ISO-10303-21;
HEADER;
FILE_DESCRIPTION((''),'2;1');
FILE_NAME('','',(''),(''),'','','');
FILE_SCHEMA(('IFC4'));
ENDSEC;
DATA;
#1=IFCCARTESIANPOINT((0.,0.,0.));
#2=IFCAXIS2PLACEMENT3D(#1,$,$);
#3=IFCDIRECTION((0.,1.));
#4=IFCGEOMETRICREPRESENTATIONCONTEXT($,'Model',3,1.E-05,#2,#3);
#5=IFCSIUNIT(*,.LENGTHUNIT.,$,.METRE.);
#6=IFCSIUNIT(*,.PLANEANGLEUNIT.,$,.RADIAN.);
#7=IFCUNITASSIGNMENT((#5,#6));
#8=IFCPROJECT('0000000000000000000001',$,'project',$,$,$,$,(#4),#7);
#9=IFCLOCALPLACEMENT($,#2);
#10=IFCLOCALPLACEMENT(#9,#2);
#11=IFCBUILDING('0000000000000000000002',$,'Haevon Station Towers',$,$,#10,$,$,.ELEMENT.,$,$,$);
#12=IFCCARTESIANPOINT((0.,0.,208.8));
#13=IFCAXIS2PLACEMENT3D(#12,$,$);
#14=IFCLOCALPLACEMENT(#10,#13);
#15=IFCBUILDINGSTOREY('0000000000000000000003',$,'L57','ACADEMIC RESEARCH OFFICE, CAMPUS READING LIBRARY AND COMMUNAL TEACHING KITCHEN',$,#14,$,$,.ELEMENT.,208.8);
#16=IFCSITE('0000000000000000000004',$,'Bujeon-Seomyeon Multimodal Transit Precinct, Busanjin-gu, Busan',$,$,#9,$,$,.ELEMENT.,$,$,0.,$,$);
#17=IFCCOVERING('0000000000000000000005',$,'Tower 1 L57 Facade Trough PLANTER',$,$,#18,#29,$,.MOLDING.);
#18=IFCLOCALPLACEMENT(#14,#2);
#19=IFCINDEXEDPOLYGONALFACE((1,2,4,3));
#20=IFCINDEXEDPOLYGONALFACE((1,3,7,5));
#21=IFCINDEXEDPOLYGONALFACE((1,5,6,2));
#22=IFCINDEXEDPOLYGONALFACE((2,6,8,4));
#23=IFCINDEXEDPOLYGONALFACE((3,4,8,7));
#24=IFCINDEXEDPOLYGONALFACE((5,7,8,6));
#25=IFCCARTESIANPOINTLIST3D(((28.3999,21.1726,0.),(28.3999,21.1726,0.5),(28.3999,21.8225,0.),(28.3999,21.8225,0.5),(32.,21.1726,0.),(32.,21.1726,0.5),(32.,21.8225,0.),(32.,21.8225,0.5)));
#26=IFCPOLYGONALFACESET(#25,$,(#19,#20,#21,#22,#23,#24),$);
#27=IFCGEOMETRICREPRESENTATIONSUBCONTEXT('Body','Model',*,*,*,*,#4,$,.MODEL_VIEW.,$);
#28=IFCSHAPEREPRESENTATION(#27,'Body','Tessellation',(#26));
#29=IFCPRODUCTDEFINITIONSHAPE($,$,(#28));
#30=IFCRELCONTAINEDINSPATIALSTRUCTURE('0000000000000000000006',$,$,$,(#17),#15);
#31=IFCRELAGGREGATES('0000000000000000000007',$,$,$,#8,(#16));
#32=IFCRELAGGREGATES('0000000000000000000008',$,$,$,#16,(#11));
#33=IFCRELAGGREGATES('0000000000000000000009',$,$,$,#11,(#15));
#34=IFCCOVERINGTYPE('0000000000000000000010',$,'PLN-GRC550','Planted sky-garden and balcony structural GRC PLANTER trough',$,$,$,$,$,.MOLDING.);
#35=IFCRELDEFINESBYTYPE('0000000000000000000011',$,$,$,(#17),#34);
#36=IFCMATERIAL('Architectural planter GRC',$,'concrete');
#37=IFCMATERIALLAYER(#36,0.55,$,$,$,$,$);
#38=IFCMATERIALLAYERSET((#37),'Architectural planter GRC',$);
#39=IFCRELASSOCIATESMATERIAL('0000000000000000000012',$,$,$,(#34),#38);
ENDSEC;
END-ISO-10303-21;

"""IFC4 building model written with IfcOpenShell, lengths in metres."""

from ifc_helpers import new_model, si_unit, direction, frame, origin, origin_2d, place, context, subcontext, project, spatial, rectangle, extrude, material, layer, layer_set, type_object, element, save


model = new_model("IFC4")

# Units and contexts
model_context = context("Model", 3, precision=1e-05, world=origin(), true_north=direction((0.0, 1.0)))
body_context = subcontext(model_context, "Body", "Model", "MODEL_VIEW")
ifc_project = project(units=[si_unit("LENGTHUNIT", "METRE"), si_unit("PLANEANGLEUNIT", "RADIAN")], contexts=[model_context])

# Site, building, storey
site_placement = place(None, origin())
site = spatial("IfcSite", under=ifc_project, at=site_placement, Name="Bujeon-Seomyeon Multimodal Transit Precinct, Busanjin-gu, Busan", CompositionType="ELEMENT", RefElevation=0.0)
building_placement = place(site_placement, origin())
building = spatial("IfcBuilding", under=site, at=building_placement, Name="Haevon Station Towers", CompositionType="ELEMENT")
storey_placement = place(building_placement, frame((0.0, 0.0, 208.8)))
storey = spatial("IfcBuildingStorey", under=building, at=storey_placement, Name="L57", Description="ACADEMIC RESEARCH OFFICE, CAMPUS READING LIBRARY AND COMMUNAL TEACHING KITCHEN", CompositionType="ELEMENT", Elevation=208.8)

# Covering
ifc_material_1 = material(Name="Architectural planter GRC", Category="concrete")
ifc_layer_1 = layer(ifc_material_1, 0.55)
ifc_layer_set_1 = layer_set([ifc_layer_1], Name="Architectural planter GRC")
covering_type_1 = type_object("IfcCoveringType", Name="PLN-GRC550", Description="Planted sky-garden and balcony structural GRC PLANTER trough", PredefinedType="MOLDING", material=ifc_layer_set_1)
covering_1_placement = place(storey_placement, frame((30.2, 21.4976, 0.0), z_axis=(0.0, 0.0, 1.0), x_axis=(1.0, 0.0, 0.0)))
element("IfcCovering", 1, at=covering_1_placement, inside=storey, type_object=covering_type_1, Name="Tower 1 L57 Facade Trough PLANTER", PredefinedType="MOLDING", context=body_context, shape_type="SweptSolid", body=[
    extrude(rectangle(XDim=3.6001, YDim=0.6499, at=origin_2d()), origin(), (0.0, 0.0, 1.0), 0.5),
])

save(model, "model.ifc")
